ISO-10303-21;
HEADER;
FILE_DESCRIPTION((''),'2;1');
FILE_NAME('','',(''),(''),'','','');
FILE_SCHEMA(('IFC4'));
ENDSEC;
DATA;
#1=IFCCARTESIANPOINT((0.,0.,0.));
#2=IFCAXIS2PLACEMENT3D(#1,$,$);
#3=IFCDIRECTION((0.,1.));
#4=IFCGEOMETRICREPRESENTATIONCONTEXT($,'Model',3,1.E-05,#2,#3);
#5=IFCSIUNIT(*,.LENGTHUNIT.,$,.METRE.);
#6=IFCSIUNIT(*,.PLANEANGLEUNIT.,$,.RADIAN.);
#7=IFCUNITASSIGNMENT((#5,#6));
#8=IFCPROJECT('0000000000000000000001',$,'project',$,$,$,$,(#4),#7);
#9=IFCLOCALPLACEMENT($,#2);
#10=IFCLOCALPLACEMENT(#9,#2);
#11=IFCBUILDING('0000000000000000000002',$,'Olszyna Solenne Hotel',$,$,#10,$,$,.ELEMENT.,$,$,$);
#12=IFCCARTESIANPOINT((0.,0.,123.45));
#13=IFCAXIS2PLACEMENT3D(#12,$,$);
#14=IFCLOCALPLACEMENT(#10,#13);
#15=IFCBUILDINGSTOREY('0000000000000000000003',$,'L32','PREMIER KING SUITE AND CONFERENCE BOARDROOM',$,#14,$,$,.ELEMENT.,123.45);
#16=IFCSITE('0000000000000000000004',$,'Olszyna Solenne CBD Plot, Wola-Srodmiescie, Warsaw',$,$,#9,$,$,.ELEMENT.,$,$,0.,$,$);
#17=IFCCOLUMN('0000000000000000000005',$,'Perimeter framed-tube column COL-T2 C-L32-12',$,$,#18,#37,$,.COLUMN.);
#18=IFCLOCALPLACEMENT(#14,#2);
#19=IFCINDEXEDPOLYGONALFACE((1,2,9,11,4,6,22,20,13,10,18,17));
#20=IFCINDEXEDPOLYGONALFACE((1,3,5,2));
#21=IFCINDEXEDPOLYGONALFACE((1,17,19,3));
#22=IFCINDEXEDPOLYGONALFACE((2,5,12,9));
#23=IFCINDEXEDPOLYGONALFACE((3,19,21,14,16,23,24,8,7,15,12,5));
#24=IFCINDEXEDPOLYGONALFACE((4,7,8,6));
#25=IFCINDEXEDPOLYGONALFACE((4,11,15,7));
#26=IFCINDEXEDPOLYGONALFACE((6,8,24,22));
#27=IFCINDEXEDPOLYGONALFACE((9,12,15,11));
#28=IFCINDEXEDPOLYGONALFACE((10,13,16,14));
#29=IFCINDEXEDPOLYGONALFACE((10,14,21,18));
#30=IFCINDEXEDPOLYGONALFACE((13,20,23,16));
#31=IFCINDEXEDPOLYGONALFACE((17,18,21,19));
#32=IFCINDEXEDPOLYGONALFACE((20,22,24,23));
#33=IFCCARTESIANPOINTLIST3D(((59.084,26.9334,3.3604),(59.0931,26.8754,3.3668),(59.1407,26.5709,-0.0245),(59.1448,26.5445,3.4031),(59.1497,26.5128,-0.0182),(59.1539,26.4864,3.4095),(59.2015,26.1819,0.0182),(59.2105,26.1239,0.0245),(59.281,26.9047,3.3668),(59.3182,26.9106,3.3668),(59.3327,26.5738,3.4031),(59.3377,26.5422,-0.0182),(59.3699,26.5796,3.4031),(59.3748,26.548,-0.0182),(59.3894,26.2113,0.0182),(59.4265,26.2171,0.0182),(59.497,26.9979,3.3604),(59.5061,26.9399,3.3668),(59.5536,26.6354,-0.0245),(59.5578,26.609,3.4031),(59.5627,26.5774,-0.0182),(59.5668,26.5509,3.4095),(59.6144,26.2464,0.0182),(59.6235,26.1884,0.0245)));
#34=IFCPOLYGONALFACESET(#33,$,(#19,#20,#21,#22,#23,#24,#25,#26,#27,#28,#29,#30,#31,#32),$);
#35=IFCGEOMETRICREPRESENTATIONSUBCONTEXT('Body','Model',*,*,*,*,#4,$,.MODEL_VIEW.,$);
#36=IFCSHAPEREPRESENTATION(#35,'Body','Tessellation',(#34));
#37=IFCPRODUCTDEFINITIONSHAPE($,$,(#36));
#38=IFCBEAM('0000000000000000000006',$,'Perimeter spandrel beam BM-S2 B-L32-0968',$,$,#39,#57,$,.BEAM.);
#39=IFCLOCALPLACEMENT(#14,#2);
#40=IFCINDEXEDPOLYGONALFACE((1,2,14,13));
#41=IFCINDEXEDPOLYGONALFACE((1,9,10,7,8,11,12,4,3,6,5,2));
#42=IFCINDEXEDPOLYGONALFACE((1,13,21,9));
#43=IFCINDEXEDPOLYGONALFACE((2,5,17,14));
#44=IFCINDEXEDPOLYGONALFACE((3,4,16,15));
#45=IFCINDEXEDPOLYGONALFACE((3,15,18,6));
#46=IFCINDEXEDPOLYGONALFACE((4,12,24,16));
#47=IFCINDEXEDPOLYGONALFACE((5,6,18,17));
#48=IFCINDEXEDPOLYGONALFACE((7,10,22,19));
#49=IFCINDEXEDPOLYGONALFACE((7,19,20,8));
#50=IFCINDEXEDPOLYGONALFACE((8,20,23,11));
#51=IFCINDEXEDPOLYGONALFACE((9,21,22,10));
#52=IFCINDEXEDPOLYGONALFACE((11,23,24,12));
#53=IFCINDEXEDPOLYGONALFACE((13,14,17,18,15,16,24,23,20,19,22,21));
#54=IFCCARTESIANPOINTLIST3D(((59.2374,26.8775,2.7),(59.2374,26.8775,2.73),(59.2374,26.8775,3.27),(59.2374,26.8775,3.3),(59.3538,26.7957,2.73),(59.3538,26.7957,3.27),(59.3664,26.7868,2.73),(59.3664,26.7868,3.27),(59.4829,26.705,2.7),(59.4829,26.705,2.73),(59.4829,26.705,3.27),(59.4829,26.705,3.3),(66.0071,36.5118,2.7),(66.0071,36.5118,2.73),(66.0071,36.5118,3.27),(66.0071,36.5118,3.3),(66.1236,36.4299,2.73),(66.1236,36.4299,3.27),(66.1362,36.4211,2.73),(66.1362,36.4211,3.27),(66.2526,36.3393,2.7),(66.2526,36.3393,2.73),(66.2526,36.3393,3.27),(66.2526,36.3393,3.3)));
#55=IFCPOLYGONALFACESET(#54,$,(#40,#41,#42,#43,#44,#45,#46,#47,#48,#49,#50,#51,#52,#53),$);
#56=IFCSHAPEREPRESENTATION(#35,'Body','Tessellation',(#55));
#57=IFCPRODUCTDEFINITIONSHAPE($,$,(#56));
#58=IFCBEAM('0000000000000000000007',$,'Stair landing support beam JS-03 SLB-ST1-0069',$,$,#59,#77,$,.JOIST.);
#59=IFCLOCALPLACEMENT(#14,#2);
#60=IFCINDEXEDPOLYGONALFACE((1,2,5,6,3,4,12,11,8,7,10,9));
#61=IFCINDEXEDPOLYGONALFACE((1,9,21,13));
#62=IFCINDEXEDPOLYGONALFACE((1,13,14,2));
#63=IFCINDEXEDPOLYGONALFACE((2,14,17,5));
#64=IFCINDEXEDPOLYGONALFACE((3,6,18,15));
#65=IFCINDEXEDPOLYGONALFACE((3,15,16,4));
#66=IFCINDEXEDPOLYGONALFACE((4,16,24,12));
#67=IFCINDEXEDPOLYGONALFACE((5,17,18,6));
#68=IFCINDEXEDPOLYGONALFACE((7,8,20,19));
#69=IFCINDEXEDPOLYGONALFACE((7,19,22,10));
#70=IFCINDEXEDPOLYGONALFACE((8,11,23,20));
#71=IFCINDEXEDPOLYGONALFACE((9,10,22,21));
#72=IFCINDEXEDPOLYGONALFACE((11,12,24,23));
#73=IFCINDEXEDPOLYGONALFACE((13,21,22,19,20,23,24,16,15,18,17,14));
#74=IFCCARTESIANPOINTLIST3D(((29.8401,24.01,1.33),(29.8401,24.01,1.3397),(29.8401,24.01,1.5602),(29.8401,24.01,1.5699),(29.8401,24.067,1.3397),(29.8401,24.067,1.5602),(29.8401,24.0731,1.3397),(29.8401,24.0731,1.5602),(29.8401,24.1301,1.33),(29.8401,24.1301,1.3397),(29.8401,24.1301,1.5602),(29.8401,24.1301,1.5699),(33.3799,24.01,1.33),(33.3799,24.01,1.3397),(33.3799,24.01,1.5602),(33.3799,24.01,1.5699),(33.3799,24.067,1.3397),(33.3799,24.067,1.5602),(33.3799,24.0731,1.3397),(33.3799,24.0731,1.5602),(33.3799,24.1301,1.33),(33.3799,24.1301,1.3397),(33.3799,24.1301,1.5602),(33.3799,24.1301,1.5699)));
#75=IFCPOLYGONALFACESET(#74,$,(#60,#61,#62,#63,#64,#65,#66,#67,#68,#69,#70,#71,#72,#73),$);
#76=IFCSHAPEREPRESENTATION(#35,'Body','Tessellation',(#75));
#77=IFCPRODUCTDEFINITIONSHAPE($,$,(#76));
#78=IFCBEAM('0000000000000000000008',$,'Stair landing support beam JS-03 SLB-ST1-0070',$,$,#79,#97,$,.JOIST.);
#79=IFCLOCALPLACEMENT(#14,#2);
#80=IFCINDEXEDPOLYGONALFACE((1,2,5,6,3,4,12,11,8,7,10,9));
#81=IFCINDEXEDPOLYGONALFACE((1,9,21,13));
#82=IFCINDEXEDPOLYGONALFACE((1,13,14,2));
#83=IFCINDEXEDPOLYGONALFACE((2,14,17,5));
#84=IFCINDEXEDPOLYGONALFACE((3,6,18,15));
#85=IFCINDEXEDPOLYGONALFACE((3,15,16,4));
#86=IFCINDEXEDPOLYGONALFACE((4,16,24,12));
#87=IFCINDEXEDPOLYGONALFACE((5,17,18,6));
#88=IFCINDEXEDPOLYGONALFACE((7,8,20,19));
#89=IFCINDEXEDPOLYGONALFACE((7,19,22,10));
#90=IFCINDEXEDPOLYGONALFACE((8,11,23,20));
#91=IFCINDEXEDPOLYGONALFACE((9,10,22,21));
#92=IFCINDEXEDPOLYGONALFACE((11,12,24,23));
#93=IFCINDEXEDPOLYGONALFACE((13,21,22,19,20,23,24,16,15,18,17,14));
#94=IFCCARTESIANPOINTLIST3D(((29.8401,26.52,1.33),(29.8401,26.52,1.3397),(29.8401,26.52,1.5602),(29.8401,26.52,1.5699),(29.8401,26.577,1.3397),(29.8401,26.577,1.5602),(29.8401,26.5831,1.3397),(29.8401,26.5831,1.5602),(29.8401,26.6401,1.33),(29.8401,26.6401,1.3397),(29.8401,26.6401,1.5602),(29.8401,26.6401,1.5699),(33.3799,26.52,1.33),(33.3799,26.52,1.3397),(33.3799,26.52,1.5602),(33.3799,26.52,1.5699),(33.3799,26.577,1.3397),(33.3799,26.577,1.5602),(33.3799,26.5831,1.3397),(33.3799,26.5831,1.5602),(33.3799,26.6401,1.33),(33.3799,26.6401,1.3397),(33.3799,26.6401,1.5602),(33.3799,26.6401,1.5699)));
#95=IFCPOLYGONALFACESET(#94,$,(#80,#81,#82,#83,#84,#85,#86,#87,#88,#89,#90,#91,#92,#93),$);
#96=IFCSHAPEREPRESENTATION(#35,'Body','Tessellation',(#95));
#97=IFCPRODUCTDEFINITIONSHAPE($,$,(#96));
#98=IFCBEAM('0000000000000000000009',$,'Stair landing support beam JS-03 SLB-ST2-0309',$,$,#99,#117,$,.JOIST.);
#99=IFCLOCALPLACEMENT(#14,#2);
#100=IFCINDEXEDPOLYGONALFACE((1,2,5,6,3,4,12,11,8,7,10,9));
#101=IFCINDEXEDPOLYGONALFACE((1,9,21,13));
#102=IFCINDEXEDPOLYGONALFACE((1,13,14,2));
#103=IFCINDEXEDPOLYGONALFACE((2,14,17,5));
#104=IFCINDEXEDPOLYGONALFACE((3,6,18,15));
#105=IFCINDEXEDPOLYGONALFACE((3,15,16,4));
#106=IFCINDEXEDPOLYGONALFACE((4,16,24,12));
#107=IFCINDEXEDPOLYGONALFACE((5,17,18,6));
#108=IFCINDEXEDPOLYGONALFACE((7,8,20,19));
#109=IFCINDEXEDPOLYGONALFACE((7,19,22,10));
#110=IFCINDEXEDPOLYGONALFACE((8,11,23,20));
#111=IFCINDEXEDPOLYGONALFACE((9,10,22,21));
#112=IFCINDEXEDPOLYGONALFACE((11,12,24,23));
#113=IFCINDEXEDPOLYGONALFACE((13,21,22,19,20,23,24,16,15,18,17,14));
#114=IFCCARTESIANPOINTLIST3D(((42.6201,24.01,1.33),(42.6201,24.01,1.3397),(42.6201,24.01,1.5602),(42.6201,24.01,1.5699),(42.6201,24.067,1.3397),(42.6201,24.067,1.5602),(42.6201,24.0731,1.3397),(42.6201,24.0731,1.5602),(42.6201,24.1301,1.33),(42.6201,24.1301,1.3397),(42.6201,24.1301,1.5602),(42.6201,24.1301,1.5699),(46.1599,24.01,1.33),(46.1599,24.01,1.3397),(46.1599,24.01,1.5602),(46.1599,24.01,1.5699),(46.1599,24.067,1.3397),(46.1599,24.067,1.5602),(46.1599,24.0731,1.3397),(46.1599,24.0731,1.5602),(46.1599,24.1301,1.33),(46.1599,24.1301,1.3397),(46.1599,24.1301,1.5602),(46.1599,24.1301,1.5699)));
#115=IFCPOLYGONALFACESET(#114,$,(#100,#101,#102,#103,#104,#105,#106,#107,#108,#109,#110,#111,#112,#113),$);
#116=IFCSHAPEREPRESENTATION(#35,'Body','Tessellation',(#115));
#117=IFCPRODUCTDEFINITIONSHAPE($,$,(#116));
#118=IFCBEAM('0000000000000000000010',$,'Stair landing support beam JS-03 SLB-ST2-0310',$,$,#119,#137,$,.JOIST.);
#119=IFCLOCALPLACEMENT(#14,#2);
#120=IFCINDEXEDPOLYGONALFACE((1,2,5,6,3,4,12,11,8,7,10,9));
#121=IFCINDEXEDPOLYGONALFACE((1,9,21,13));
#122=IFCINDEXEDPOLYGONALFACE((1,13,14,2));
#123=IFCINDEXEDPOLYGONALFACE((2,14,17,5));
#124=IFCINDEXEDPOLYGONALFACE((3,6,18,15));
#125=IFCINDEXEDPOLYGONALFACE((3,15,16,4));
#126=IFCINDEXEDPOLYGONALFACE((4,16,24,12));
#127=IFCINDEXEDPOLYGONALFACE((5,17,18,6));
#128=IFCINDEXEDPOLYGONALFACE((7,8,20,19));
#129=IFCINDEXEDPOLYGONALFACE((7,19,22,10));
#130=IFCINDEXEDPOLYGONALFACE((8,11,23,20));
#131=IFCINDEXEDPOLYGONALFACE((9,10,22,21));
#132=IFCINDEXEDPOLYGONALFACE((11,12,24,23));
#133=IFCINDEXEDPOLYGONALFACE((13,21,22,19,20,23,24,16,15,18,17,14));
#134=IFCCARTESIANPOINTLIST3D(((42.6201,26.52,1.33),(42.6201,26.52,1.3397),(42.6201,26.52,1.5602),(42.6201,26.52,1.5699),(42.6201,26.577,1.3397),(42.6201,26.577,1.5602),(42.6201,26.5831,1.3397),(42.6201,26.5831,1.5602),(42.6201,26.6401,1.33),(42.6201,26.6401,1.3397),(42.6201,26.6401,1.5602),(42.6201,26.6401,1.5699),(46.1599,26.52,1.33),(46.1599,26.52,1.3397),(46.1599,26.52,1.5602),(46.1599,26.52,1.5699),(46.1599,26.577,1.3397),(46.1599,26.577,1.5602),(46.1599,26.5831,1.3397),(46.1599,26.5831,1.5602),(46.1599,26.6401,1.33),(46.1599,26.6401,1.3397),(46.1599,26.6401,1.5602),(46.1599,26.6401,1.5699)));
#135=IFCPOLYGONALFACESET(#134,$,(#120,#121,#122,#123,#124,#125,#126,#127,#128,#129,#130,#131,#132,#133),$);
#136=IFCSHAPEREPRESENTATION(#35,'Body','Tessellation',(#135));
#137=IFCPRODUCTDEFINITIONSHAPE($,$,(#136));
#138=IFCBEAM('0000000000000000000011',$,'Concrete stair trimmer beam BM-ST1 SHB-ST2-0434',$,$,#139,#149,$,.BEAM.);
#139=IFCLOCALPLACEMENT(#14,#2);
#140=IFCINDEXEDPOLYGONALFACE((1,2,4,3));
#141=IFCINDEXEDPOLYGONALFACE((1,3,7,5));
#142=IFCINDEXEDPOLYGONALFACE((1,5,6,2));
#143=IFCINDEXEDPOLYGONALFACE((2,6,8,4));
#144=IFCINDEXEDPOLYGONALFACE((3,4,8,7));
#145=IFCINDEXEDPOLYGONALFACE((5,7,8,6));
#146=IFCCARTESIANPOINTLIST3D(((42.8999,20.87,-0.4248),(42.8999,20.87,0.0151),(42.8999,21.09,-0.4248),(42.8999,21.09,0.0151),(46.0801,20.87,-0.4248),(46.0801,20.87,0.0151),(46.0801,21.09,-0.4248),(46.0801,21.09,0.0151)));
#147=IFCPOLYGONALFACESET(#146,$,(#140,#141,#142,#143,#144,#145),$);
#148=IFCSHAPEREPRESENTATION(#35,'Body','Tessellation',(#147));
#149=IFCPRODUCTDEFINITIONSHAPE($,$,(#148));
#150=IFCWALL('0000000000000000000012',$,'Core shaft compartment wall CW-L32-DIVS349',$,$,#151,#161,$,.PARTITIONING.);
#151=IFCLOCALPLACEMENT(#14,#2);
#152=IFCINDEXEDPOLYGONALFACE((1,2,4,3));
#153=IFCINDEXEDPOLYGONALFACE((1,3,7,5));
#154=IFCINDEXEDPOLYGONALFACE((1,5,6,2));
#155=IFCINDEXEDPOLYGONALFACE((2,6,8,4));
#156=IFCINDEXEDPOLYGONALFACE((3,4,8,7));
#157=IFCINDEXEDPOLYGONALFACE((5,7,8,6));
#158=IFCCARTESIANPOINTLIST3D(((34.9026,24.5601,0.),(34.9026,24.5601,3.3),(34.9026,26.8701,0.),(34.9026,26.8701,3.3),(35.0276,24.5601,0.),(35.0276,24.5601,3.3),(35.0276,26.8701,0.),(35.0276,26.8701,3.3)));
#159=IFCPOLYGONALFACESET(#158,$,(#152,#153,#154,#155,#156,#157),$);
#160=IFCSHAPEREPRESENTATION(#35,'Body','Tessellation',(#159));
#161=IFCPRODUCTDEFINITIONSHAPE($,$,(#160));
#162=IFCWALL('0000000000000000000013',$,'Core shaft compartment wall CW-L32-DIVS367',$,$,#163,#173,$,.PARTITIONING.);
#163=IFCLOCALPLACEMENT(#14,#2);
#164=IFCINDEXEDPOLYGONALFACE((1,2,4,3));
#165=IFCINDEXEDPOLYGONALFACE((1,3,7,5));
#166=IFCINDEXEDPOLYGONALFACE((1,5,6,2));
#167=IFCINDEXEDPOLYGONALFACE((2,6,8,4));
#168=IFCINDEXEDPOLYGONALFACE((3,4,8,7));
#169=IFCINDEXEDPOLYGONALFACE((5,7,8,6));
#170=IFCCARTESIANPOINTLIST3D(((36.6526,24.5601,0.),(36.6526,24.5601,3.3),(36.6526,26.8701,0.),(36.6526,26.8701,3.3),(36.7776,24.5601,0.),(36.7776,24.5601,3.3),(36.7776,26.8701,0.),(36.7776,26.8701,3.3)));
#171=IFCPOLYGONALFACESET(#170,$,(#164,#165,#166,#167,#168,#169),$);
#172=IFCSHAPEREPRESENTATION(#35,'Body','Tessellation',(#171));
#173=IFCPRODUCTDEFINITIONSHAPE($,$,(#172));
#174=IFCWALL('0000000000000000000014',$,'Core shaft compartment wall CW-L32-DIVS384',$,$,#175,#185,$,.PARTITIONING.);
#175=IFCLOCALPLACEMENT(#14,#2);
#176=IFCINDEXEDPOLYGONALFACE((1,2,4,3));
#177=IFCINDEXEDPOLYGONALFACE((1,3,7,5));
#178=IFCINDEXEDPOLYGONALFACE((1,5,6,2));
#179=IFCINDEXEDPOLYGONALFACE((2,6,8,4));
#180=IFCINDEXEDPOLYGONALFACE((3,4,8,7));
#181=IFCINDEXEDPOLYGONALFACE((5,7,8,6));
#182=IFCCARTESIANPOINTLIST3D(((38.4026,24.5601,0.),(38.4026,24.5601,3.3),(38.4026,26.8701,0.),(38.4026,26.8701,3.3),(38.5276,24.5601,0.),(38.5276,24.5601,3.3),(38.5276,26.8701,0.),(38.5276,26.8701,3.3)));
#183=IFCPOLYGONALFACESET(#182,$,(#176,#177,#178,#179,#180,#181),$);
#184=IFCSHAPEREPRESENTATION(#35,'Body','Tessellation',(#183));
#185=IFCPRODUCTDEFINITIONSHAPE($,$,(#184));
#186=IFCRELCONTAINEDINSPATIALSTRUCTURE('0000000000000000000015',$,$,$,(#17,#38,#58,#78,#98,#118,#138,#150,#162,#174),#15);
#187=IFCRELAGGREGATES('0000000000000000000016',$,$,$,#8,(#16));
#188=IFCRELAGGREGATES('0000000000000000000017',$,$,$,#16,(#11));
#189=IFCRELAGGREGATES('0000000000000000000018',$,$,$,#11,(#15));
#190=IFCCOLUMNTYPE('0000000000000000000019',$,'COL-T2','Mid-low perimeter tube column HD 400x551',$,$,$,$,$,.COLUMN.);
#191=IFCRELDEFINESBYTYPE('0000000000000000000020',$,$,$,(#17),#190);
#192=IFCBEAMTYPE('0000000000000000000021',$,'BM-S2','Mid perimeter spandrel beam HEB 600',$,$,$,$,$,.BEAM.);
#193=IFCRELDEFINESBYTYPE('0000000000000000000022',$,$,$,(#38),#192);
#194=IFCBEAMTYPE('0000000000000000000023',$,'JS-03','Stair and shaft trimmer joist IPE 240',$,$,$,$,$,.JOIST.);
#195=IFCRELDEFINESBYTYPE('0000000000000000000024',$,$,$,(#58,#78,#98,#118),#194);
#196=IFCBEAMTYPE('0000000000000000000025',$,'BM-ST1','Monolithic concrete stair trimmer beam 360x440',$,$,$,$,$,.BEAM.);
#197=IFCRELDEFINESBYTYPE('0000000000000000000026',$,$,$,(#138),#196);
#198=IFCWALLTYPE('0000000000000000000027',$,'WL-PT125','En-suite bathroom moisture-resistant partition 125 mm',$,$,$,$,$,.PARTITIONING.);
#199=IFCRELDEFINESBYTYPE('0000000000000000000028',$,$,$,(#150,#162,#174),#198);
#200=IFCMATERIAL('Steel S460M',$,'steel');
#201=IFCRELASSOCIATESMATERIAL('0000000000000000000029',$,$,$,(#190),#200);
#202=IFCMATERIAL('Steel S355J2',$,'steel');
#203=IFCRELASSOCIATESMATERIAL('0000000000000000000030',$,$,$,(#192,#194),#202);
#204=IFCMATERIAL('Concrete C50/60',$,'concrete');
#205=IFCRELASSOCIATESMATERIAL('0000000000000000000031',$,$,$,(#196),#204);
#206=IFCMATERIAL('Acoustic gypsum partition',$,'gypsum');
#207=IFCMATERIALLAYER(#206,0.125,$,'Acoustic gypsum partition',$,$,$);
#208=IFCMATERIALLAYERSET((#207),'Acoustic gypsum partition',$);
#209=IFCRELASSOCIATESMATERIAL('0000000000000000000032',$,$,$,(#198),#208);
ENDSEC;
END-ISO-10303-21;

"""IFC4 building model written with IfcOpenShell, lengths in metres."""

from ifc_helpers import new_model, si_unit, direction, frame, frame_2d, origin, origin_2d, place, context, subcontext, project, spatial, rectangle, i_section, extrude, source, transform, mapped, material, layer, layer_set, material_profile, profile_set, type_object, element, save


model = new_model("IFC4")

# Units and contexts
model_context = context("Model", 3, precision=1e-05, world=origin(), true_north=direction((0.0, 1.0)))
body_context = subcontext(model_context, "Body", "Model", "MODEL_VIEW")
ifc_project = project(units=[si_unit("LENGTHUNIT", "METRE"), si_unit("PLANEANGLEUNIT", "RADIAN")], contexts=[model_context])

# Site, building, storey
site_placement = place(None, origin())
site = spatial("IfcSite", under=ifc_project, at=site_placement, Name="Olszyna Solenne CBD Plot, Wola-Srodmiescie, Warsaw", CompositionType="ELEMENT", RefElevation=0.0)
building_placement = place(site_placement, origin())
building = spatial("IfcBuilding", under=site, at=building_placement, Name="Olszyna Solenne Hotel", CompositionType="ELEMENT")
storey_placement = place(building_placement, frame((0.0, 0.0, 123.45)))
storey = spatial("IfcBuildingStorey", under=building, at=storey_placement, Name="L32", Description="PREMIER KING SUITE AND CONFERENCE BOARDROOM", CompositionType="ELEMENT", Elevation=123.45)

# Column
ifc_material_1 = material(Name="Steel S460M", Category="steel")
ifc_material_profile_1 = material_profile(ifc_material_1, i_section(OverallWidth=0.418, OverallDepth=0.4551, WebThickness=0.0376, FlangeThickness=0.0591, at=origin_2d()), Name="HD 400x551", Category="load-bearing")
ifc_profile_set_1 = profile_set([ifc_material_profile_1], Name="Steel S460M")
column_type = type_object("IfcColumnType", Name="COL-T2", Description="Mid-low perimeter tube column HD 400x551", PredefinedType="COLUMN", material=ifc_profile_set_1)
shared_shape_1 = source(origin(), body_context, "Body", "SweptSolid", [
    extrude(i_section(OverallWidth=0.418, OverallDepth=0.4551, WebThickness=0.0376, FlangeThickness=0.0591, at=origin_2d()), origin(), (0.0, 0.0, 1.0), 3.4048),
])
column_placement = place(storey_placement, frame((59.3821, 26.3796, 0.0), z_axis=(-0.016635, 0.10648, 0.994176), x_axis=(-0.988015, -0.154357, 0.0)))
element("IfcColumn", 1, at=column_placement, inside=storey, type_object=column_type, Name="Perimeter framed-tube column COL-T2 C-L32-12", PredefinedType="COLUMN", context=body_context, shape_type="MappedRepresentation", body=[
    mapped(shared_shape_1, transform((0.0, 0.0, 0.0), x_axis=(1.0, 0.0, 0.0), y_axis=(0.0, 1.0, 0.0), z_axis=(0.0, 0.0, 1.0), scale=1.0)),
])

# Beams
ifc_material_2 = material(Name="Steel S355J2", Category="steel")
ifc_material_profile_2 = material_profile(ifc_material_2, i_section(OverallWidth=0.3, OverallDepth=0.6001, WebThickness=0.0154, FlangeThickness=0.03, at=origin_2d()), Name="HEB 600", Category="load-bearing")
ifc_profile_set_2 = profile_set([ifc_material_profile_2], Name="Steel S355J2")
beam_type_1 = type_object("IfcBeamType", Name="BM-S2", Description="Mid perimeter spandrel beam HEB 600", PredefinedType="BEAM", material=ifc_profile_set_2)
shared_shape_2 = source(origin(), body_context, "Body", "SweptSolid", [
    extrude(i_section(OverallWidth=0.3, OverallDepth=0.6001, WebThickness=0.0154, FlangeThickness=0.03, at=origin_2d()), origin(), (0.0, 0.0, 1.0), 11.7749),
])
beam_1_placement = place(storey_placement, frame((59.3601, 26.7913, 3.0), z_axis=(0.574931, 0.818202, 0.0), x_axis=(-0.818202, 0.574931, 0.0)))
element("IfcBeam", 2, at=beam_1_placement, inside=storey, type_object=beam_type_1, Name="Perimeter spandrel beam BM-S2 B-L32-0968", PredefinedType="BEAM", context=body_context, shape_type="MappedRepresentation", body=[
    mapped(shared_shape_2, transform((0.0, 0.0, 0.0), x_axis=(1.0, 0.0, 0.0), y_axis=(0.0, 1.0, 0.0), z_axis=(0.0, 0.0, 1.0), scale=1.0)),
])
ifc_material_profile_3 = material_profile(ifc_material_2, i_section(OverallWidth=0.1201, OverallDepth=0.24, WebThickness=0.0061, FlangeThickness=0.0098, at=origin_2d()), Name="IPE 240", Category="load-bearing")
ifc_profile_set_3 = profile_set([ifc_material_profile_3], Name="Steel S355J2")
beam_type_2 = type_object("IfcBeamType", Name="JS-03", Description="Stair and shaft trimmer joist IPE 240", PredefinedType="JOIST", material=ifc_profile_set_3)
shared_shape_3 = source(origin(), body_context, "Body", "SweptSolid", [
    extrude(i_section(OverallWidth=0.1201, OverallDepth=0.24, WebThickness=0.0061, FlangeThickness=0.0098, at=origin_2d()), origin(), (0.0, 0.0, 1.0), 3.5398),
])
for number, where, z_axis, x_axis, name in (
    (3, (33.3799, 24.0701, 1.45), (-1.0, 0.0, 0.0), (0.0, -1.0, 0.0), "Stair landing support beam JS-03 SLB-ST1-0069"),
    (4, (33.3799, 26.5801, 1.45), (-1.0, 0.0, 0.0), (0.0, -1.0, 0.0), "Stair landing support beam JS-03 SLB-ST1-0070"),
    (5, (46.1599, 24.0701, 1.45), (-1.0, 0.0, 0.0), (0.0, -1.0, 0.0), "Stair landing support beam JS-03 SLB-ST2-0309"),
    (6, (46.1599, 26.5801, 1.45), (-1.0, 0.0, 0.0), (0.0, -1.0, 0.0), "Stair landing support beam JS-03 SLB-ST2-0310"),
):
    element("IfcBeam", number, at=place(storey_placement, frame(where, z_axis=z_axis, x_axis=x_axis)), inside=storey, type_object=beam_type_2, Name=name, PredefinedType="JOIST", context=body_context, shape_type="MappedRepresentation", body=[
        mapped(shared_shape_3, transform((0.0, 0.0, 0.0), x_axis=(1.0, 0.0, 0.0), y_axis=(0.0, 1.0, 0.0), z_axis=(0.0, 0.0, 1.0), scale=1.0)),
    ])
ifc_material_3 = material(Name="Concrete C50/60", Category="concrete")
ifc_material_profile_4 = material_profile(ifc_material_3, rectangle(XDim=0.22, YDim=0.4399, at=origin_2d()), Name="RC 220x440", Category="load-bearing")
ifc_profile_set_4 = profile_set([ifc_material_profile_4], Name="Concrete C50/60")
beam_type_3 = type_object("IfcBeamType", Name="BM-ST1", Description="Monolithic concrete stair trimmer beam 360x440", PredefinedType="BEAM", material=ifc_profile_set_4)
shared_shape_4 = source(origin(), body_context, "Body", "SweptSolid", [
    extrude(rectangle(XDim=0.22, YDim=0.4399, at=origin_2d()), origin(), (0.0, 0.0, 1.0), 3.1802),
])
beam_2_placement = place(storey_placement, frame((46.0801, 20.98, -0.2048), z_axis=(-1.0, 0.0, 0.0), x_axis=(0.0, -1.0, 0.0)))
element("IfcBeam", 7, at=beam_2_placement, inside=storey, type_object=beam_type_3, Name="Concrete stair trimmer beam BM-ST1 SHB-ST2-0434", PredefinedType="BEAM", context=body_context, shape_type="MappedRepresentation", body=[
    mapped(shared_shape_4, transform((0.0, 0.0, 0.0), x_axis=(1.0, 0.0, 0.0), y_axis=(0.0, 1.0, 0.0), z_axis=(0.0, 0.0, 1.0), scale=1.0)),
])

# Walls
ifc_material_4 = material(Name="Acoustic gypsum partition", Category="gypsum")
ifc_layer_1 = layer(ifc_material_4, 0.125, Name="Acoustic gypsum partition")
ifc_layer_set_1 = layer_set([ifc_layer_1], Name="Acoustic gypsum partition")
wall_type_1 = type_object("IfcWallType", Name="WL-PT125", Description="En-suite bathroom moisture-resistant partition 125 mm", PredefinedType="PARTITIONING", material=ifc_layer_set_1)
for number, where, z_axis, x_axis, name in (
    (8, (34.9651, 24.5601, 0.0), (0.0, 0.0, 1.0), (0.0, 1.0, 0.0), "Core shaft compartment wall CW-L32-DIVS349"),
    (9, (36.7151, 24.5601, 0.0), (0.0, 0.0, 1.0), (0.0, 1.0, 0.0), "Core shaft compartment wall CW-L32-DIVS367"),
    (10, (38.4651, 24.5601, 0.0), (0.0, 0.0, 1.0), (0.0, 1.0, 0.0), "Core shaft compartment wall CW-L32-DIVS384"),
):
    element("IfcWall", number, at=place(storey_placement, frame(where, z_axis=z_axis, x_axis=x_axis)), inside=storey, type_object=wall_type_1, Name=name, PredefinedType="PARTITIONING", context=body_context, shape_type="SweptSolid", body=[
        extrude(rectangle(XDim=2.3101, YDim=0.125, at=frame_2d((1.155, 0.0))), origin(), (0.0, 0.0, 1.0), 3.3),
    ])

save(model, "model.ifc")
